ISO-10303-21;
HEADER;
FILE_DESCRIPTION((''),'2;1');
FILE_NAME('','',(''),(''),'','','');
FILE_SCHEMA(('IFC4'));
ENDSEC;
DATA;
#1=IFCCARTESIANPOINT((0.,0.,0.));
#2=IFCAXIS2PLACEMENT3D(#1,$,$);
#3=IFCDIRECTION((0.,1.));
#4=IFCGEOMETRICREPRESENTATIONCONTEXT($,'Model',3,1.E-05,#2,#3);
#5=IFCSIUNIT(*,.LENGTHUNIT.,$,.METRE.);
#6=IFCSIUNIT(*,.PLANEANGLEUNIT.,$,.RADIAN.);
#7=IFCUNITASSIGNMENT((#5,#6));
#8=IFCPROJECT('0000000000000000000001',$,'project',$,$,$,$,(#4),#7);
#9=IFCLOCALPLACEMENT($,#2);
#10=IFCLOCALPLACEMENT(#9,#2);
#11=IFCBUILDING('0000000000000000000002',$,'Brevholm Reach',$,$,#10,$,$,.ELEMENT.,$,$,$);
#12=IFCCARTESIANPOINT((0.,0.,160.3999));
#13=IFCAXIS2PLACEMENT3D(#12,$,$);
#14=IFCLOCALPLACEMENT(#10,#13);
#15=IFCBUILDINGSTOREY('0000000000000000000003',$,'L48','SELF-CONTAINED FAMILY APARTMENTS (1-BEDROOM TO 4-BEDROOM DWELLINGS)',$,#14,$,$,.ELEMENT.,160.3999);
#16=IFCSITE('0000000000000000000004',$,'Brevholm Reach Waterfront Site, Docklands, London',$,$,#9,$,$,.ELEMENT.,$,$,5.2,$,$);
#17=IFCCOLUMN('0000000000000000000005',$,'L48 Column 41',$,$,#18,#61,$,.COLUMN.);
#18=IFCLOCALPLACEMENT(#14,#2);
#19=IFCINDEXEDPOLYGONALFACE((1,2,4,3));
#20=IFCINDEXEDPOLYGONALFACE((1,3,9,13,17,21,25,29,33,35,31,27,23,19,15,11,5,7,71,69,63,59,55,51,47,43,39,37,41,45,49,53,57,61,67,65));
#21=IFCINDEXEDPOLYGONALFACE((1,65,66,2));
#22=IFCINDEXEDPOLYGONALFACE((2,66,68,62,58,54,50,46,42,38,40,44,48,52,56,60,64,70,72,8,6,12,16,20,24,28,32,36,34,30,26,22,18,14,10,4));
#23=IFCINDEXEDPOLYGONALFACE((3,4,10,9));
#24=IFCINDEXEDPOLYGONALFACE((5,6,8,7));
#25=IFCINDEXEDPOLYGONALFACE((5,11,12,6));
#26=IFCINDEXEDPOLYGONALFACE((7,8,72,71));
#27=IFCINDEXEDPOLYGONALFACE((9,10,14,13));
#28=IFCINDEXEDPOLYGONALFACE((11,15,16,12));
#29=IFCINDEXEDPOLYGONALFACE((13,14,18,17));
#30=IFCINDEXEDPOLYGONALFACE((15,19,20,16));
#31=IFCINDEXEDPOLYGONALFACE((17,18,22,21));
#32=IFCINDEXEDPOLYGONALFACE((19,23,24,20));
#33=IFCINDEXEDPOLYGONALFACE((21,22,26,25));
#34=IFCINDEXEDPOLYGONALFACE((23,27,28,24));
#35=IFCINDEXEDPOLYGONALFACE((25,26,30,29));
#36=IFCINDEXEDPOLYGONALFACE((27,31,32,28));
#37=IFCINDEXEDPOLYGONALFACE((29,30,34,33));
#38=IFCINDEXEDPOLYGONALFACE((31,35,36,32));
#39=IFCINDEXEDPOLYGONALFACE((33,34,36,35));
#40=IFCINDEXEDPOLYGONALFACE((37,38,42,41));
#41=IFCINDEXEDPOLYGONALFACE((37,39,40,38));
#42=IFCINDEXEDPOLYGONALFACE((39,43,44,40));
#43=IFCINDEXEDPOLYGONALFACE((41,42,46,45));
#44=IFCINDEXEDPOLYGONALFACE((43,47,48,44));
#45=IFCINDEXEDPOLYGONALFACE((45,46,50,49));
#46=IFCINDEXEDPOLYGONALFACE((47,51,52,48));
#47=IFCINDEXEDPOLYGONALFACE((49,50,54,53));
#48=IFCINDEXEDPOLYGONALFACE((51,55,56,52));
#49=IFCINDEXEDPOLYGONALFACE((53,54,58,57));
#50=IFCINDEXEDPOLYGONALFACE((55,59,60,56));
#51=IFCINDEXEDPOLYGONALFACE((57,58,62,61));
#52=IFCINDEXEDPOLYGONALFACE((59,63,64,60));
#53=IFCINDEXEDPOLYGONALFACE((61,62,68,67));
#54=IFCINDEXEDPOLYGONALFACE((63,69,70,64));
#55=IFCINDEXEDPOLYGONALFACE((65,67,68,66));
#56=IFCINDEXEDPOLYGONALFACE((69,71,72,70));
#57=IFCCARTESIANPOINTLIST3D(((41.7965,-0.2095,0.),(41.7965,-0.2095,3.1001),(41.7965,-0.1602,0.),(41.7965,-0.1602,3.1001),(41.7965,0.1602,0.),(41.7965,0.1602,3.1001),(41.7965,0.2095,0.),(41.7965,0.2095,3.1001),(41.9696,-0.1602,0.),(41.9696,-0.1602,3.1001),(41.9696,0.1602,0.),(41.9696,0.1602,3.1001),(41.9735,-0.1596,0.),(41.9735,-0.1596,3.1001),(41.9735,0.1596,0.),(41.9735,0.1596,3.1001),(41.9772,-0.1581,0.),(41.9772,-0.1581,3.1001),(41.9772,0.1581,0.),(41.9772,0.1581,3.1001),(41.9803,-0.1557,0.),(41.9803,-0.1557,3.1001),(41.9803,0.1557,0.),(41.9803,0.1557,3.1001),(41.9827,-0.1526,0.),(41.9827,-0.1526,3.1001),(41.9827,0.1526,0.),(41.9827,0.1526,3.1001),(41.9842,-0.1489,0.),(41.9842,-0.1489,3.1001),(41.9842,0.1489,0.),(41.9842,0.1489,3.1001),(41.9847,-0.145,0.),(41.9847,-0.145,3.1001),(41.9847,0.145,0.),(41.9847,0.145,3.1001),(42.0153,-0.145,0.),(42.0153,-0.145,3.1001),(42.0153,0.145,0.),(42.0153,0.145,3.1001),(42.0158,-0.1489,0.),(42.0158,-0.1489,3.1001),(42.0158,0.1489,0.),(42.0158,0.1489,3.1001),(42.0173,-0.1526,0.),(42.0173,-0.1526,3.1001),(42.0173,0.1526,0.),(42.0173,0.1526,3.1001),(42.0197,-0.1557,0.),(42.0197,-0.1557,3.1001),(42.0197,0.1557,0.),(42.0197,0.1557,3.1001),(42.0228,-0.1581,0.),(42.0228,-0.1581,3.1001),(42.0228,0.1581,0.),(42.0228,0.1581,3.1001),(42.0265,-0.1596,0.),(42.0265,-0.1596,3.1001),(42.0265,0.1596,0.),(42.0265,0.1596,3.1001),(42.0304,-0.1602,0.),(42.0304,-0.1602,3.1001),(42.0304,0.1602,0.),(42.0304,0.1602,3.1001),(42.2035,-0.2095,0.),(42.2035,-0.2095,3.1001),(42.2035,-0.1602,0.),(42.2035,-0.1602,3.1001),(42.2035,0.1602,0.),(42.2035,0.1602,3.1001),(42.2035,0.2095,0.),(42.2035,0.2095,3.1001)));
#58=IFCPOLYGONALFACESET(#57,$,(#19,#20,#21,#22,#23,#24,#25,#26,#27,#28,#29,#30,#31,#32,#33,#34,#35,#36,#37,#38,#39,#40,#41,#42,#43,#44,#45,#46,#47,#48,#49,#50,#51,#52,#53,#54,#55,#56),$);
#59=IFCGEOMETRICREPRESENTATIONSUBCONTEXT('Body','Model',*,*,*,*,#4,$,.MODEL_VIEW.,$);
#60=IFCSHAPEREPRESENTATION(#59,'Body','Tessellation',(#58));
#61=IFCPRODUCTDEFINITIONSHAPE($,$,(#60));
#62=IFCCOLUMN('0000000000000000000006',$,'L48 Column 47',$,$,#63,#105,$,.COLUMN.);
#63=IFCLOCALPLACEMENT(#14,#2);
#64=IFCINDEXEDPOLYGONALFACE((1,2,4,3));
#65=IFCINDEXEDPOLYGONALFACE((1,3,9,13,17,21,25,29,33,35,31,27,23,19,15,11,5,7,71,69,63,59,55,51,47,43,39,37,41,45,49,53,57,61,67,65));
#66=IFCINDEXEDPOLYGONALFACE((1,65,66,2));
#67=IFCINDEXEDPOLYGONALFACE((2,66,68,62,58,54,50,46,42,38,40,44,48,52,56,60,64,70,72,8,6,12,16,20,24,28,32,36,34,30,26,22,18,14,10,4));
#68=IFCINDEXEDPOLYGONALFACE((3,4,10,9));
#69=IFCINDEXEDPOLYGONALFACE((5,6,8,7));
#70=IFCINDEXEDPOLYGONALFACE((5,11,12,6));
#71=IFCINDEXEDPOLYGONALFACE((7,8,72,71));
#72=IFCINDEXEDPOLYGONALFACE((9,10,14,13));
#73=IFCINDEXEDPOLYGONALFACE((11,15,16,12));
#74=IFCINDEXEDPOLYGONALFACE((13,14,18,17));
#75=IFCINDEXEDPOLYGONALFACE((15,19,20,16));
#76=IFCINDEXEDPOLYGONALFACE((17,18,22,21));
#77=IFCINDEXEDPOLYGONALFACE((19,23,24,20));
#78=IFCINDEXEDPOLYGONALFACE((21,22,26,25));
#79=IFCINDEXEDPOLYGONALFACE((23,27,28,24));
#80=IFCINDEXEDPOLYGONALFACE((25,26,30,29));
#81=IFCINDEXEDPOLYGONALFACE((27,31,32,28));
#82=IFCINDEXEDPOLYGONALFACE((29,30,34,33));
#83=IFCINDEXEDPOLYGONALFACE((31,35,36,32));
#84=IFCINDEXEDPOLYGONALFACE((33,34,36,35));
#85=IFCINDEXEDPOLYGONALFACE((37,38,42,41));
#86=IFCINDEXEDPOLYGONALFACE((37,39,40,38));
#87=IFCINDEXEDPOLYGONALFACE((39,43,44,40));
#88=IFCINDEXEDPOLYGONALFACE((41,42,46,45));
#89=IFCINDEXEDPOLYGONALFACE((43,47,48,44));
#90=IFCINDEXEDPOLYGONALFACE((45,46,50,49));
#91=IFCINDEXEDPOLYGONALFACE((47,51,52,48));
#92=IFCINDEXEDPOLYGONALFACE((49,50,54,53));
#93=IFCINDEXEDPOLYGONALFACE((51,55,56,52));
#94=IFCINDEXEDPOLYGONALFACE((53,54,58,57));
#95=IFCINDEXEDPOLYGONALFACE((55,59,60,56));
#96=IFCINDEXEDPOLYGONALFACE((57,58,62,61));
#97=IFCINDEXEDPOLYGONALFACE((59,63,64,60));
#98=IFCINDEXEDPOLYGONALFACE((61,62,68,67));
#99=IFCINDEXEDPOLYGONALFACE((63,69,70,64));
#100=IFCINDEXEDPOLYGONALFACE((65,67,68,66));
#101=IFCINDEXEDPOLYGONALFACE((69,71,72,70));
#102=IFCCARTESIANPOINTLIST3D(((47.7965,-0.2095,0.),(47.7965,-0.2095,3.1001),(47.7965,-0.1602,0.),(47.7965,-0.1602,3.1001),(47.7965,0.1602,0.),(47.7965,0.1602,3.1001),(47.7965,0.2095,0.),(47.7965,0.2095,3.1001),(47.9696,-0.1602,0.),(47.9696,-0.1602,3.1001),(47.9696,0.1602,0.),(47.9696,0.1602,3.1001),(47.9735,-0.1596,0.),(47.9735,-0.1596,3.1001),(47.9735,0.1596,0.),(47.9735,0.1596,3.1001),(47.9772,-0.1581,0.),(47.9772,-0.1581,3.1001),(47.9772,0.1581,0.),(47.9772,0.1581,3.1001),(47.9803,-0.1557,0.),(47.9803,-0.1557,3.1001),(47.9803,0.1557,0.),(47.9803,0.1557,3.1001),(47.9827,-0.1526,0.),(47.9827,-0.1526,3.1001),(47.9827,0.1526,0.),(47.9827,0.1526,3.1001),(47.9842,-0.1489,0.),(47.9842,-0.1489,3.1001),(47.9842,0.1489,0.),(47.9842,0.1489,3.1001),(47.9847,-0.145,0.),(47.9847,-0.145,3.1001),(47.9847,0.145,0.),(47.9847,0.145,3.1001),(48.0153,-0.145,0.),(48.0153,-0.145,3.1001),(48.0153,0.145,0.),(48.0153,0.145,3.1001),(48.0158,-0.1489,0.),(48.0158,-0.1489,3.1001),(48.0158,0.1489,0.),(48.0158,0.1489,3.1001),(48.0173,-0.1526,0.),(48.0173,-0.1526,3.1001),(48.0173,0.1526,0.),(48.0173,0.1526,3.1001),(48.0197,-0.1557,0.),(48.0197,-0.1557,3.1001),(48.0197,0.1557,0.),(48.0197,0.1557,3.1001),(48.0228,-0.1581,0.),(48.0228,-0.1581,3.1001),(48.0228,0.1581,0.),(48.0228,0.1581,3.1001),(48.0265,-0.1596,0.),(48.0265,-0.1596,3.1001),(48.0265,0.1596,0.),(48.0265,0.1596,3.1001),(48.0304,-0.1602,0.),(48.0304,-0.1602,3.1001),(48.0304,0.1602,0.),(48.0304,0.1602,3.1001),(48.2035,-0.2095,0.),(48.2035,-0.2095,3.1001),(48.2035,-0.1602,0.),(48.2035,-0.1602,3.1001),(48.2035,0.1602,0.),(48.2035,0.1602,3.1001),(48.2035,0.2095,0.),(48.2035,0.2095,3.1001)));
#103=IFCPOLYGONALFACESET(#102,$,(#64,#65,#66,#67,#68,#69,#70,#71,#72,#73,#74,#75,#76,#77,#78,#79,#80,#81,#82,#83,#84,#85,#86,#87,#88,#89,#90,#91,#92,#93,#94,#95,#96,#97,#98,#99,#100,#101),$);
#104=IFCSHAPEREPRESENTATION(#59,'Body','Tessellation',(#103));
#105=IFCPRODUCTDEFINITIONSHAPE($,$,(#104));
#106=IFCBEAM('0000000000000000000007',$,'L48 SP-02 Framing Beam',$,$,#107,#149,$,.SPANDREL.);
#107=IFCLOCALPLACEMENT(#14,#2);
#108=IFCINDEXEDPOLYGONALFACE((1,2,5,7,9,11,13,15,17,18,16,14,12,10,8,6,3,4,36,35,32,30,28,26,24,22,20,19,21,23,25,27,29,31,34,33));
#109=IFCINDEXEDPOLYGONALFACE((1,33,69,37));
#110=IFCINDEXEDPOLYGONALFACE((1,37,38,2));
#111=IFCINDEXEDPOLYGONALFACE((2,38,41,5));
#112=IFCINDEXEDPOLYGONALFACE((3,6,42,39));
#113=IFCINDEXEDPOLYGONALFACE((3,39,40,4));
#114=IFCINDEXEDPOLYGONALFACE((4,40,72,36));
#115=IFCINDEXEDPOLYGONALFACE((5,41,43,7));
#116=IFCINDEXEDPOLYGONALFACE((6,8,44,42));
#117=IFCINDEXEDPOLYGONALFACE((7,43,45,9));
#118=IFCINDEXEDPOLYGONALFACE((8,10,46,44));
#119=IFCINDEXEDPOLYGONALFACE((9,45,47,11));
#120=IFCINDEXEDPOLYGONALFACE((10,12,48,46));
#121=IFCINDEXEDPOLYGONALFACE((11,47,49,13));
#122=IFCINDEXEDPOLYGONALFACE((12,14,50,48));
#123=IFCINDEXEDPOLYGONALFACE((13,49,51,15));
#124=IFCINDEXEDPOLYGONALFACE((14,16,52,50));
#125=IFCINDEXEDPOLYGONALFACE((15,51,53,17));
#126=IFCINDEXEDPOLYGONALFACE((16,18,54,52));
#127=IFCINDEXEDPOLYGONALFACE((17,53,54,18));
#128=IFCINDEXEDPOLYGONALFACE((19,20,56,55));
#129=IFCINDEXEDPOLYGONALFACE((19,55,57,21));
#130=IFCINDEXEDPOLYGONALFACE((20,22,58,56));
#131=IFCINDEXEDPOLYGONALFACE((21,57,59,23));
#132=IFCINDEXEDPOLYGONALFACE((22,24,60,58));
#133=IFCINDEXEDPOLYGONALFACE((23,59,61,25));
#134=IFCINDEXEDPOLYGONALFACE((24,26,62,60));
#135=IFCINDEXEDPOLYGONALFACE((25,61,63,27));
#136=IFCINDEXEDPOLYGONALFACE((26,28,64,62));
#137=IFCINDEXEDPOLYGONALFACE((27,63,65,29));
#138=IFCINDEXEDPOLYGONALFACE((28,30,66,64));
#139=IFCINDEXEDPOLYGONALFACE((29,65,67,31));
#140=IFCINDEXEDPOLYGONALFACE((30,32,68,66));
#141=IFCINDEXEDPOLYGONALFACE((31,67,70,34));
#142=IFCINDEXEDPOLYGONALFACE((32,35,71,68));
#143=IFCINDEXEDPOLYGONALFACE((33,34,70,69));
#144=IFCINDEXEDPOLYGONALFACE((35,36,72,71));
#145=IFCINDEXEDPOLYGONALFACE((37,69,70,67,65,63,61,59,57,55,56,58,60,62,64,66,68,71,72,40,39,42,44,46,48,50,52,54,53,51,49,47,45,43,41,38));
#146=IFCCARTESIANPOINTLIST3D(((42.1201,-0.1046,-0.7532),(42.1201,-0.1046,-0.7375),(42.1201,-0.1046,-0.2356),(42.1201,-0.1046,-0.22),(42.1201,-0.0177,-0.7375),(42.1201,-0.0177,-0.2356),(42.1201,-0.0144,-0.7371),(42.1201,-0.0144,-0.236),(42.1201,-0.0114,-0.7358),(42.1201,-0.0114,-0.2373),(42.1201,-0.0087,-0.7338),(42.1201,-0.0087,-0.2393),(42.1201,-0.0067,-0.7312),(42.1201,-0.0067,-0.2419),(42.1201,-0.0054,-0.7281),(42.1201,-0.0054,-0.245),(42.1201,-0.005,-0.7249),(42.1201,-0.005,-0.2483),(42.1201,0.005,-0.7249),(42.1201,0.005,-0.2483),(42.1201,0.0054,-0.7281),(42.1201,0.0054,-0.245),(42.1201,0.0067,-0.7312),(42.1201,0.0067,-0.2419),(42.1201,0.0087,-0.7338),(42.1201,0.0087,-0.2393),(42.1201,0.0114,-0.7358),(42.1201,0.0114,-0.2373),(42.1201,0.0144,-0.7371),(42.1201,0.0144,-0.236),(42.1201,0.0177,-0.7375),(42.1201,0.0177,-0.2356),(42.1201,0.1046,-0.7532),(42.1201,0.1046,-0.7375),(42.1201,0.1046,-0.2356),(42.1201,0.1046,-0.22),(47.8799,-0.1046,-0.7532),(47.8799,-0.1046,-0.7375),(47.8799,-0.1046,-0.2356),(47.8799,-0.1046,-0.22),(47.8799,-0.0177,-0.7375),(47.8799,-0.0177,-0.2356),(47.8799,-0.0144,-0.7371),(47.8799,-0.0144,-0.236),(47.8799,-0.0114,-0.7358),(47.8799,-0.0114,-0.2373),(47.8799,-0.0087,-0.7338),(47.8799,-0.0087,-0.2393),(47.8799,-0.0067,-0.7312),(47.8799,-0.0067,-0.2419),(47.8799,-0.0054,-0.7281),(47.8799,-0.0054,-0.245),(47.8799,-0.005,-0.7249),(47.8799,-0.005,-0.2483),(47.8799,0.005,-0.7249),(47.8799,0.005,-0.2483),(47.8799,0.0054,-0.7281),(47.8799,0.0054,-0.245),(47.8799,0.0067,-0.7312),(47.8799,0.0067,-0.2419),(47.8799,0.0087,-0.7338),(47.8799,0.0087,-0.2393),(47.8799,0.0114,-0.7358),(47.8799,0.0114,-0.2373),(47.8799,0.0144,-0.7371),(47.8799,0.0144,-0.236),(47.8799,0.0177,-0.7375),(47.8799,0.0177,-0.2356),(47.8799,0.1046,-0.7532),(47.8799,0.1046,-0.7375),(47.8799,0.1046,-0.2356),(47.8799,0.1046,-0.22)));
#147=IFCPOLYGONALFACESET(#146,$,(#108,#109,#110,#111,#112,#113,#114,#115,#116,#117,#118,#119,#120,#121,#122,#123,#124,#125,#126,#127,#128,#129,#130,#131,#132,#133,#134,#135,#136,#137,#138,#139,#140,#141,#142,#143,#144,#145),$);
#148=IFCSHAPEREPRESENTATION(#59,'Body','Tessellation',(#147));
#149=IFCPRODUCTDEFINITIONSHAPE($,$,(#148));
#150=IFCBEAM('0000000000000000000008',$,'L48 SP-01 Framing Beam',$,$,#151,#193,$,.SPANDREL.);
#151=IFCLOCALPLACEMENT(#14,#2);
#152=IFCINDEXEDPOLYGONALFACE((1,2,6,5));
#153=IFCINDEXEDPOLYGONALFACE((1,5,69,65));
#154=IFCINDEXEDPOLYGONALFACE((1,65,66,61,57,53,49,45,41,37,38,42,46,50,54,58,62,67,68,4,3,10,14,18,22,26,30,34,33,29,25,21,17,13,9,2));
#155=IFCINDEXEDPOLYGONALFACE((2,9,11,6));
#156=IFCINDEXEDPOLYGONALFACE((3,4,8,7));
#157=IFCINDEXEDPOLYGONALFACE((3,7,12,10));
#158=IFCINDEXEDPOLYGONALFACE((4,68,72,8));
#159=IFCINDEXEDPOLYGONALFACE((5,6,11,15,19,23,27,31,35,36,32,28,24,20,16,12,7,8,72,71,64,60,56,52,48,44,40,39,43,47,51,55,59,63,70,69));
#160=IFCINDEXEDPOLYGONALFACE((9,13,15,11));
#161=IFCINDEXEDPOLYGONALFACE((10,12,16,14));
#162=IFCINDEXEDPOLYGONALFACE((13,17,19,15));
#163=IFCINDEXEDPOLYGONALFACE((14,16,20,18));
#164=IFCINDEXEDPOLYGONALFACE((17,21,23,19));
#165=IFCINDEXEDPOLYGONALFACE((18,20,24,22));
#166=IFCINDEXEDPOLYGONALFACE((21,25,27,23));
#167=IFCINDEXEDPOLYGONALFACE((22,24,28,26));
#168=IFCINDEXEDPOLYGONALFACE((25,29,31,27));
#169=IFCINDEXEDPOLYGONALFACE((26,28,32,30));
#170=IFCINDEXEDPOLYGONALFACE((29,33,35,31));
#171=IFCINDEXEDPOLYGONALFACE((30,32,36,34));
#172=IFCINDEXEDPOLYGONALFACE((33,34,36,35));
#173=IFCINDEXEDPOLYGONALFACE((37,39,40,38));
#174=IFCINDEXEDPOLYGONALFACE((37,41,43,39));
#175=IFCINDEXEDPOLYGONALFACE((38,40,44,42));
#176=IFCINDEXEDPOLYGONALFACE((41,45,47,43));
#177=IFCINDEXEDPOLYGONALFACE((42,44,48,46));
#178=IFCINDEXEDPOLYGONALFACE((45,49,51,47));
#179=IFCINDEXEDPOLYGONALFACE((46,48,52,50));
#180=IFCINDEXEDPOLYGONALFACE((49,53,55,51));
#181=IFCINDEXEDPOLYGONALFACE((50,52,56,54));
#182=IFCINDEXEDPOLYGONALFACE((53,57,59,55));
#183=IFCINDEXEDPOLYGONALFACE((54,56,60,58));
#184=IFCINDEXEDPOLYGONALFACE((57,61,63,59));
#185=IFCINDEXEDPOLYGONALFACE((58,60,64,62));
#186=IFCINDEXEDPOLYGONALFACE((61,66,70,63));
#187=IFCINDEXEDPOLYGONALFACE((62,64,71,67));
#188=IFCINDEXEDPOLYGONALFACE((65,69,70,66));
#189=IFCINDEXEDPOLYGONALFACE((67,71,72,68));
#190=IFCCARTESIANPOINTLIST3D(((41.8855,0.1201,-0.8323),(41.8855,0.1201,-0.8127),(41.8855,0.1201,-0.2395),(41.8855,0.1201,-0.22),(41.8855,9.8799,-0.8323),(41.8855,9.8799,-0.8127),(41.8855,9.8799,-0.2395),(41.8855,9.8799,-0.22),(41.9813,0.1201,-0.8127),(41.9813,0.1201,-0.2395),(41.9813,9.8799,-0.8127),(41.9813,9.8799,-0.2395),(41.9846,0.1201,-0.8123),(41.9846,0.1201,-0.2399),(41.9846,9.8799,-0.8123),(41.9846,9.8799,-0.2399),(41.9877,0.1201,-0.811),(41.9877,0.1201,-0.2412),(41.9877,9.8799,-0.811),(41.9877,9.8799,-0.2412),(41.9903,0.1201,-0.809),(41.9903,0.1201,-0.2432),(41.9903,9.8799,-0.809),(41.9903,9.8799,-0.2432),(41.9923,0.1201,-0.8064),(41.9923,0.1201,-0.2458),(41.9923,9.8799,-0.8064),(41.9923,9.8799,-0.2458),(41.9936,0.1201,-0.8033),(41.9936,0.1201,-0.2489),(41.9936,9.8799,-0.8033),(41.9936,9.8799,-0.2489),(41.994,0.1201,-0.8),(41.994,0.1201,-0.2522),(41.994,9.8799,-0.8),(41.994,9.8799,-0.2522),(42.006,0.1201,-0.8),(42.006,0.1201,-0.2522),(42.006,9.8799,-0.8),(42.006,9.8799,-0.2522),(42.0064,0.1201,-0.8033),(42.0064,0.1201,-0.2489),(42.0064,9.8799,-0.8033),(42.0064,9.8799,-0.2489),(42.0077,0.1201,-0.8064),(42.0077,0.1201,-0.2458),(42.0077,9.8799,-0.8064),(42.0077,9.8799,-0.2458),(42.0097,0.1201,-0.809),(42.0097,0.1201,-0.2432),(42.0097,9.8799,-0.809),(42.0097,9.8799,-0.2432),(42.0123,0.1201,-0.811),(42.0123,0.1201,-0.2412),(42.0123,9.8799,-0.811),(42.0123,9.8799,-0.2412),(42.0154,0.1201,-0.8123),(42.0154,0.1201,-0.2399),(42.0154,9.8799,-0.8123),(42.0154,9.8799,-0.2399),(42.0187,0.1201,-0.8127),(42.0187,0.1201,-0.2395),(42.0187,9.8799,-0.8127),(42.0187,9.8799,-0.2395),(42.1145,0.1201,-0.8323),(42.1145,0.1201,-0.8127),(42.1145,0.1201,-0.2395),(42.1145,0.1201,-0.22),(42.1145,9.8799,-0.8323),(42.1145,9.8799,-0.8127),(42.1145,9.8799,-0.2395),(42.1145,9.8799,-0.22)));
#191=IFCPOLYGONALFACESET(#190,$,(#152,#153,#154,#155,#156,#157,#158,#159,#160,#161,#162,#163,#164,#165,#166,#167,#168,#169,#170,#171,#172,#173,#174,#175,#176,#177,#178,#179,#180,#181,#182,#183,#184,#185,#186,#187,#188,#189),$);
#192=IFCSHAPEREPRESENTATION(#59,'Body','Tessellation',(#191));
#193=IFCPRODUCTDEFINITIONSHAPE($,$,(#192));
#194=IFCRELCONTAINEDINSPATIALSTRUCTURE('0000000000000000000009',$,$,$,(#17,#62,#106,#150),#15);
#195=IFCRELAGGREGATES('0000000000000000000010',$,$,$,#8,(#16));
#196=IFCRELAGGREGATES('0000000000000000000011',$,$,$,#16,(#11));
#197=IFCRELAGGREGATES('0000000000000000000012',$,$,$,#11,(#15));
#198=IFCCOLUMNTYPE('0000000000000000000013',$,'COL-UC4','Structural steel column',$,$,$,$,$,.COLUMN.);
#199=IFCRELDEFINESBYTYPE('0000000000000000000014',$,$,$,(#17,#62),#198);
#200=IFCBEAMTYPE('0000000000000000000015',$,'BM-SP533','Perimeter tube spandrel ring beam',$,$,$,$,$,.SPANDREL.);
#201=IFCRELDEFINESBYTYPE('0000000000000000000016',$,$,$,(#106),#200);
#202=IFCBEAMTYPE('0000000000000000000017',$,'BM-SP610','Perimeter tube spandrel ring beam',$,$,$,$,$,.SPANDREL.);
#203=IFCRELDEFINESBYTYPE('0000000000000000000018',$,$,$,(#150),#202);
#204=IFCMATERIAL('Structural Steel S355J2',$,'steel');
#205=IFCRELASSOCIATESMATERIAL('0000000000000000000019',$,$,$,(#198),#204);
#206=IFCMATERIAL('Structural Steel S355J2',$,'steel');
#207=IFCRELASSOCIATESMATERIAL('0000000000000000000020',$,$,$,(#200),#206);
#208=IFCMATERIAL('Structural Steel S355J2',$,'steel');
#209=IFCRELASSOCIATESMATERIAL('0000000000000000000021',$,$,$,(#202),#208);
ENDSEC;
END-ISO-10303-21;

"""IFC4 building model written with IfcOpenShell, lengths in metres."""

from ifc_helpers import new_model, si_unit, direction, frame, origin, origin_2d, place, context, subcontext, project, spatial, i_section, extrude, material, material_profile, profile_set, type_object, element, save


model = new_model("IFC4")

# Units and contexts
model_context = context("Model", 3, precision=1e-05, world=origin(), true_north=direction((0.0, 1.0)))
body_context = subcontext(model_context, "Body", "Model", "MODEL_VIEW")
ifc_project = project(units=[si_unit("LENGTHUNIT", "METRE"), si_unit("PLANEANGLEUNIT", "RADIAN")], contexts=[model_context])

# Site, building, storey
site_placement = place(None, origin())
site = spatial("IfcSite", under=ifc_project, at=site_placement, Name="Brevholm Reach Waterfront Site, Docklands, London", CompositionType="ELEMENT", RefElevation=5.2)
building_placement = place(site_placement, origin())
building = spatial("IfcBuilding", under=site, at=building_placement, Name="Brevholm Reach", CompositionType="ELEMENT")
storey_placement = place(building_placement, frame((0.0, 0.0, 160.3999)))
storey = spatial("IfcBuildingStorey", under=building, at=storey_placement, Name="L48", Description="SELF-CONTAINED FAMILY APARTMENTS (1-BEDROOM TO 4-BEDROOM DWELLINGS)", CompositionType="ELEMENT", Elevation=160.3999)

# Columns
ifc_material_1 = material(Name="Structural Steel S355J2", Category="steel")
ifc_material_profile_1 = material_profile(ifc_material_1, i_section(OverallWidth=0.407, OverallDepth=0.4189, WebThickness=0.0305, FlangeThickness=0.0493, FilletRadius=0.0151, at=origin_2d()), Name="UKC 356x406x393")
ifc_profile_set_1 = profile_set([ifc_material_profile_1], Name="Structural Steel S355J2")
column_type = type_object("IfcColumnType", Name="COL-UC4", Description="Structural steel column", PredefinedType="COLUMN", material=ifc_profile_set_1)
for number, where, z_axis, x_axis, name in (
    (1, (42.0, 0.0, 0.0), (0.0, 0.0, 1.0), (1.0, 0.0, 0.0), "L48 Column 41"),
    (2, (48.0, 0.0, 0.0), (0.0, 0.0, 1.0), (1.0, 0.0, 0.0), "L48 Column 47"),
):
    element("IfcColumn", number, at=place(storey_placement, frame(where, z_axis=z_axis, x_axis=x_axis)), inside=storey, type_object=column_type, Name=name, PredefinedType="COLUMN", context=body_context, shape_type="SweptSolid", body=[
        extrude(i_section(OverallWidth=0.407, OverallDepth=0.4189, WebThickness=0.0305, FlangeThickness=0.0493, FilletRadius=0.0151, at=origin_2d()), origin(), (0.0, 0.0, 1.0), 3.1001),
    ])

# Beams
ifc_material_2 = material(Name="Structural Steel S355J2", Category="steel")
ifc_material_profile_2 = material_profile(ifc_material_2, i_section(OverallWidth=0.2092, OverallDepth=0.5332, WebThickness=0.01, FlangeThickness=0.0156, FilletRadius=0.0127, at=origin_2d()), Name="UKB 533x210x92")
ifc_profile_set_2 = profile_set([ifc_material_profile_2], Name="Structural Steel S355J2")
beam_type_1 = type_object("IfcBeamType", Name="BM-SP533", Description="Perimeter tube spandrel ring beam", PredefinedType="SPANDREL", material=ifc_profile_set_2)
beam_1_placement = place(storey_placement, frame((42.1201, 0.0, -0.4866), z_axis=(1.0, 0.0, 0.0), x_axis=(0.0, 1.0, 0.0)))
element("IfcBeam", 3, at=beam_1_placement, inside=storey, type_object=beam_type_1, Name="L48 SP-02 Framing Beam", PredefinedType="SPANDREL", context=body_context, shape_type="SweptSolid", body=[
    extrude(i_section(OverallWidth=0.2092, OverallDepth=0.5332, WebThickness=0.01, FlangeThickness=0.0156, FilletRadius=0.0127, at=origin_2d()), origin(), (0.0, 0.0, 1.0), 5.7598),
])
ifc_material_3 = material(Name="Structural Steel S355J2", Category="steel")
ifc_material_profile_3 = material_profile(ifc_material_3, i_section(OverallWidth=0.229, OverallDepth=0.6123, WebThickness=0.012, FlangeThickness=0.0195, FilletRadius=0.0127, at=origin_2d()), Name="UKB 610x229x125")
ifc_profile_set_3 = profile_set([ifc_material_profile_3], Name="Structural Steel S355J2")
beam_type_2 = type_object("IfcBeamType", Name="BM-SP610", Description="Perimeter tube spandrel ring beam", PredefinedType="SPANDREL", material=ifc_profile_set_3)
beam_2_placement = place(storey_placement, frame((42.0, 0.1201, -0.5261), z_axis=(0.0, 1.0, 0.0), x_axis=(-1.0, 0.0, 0.0)))
element("IfcBeam", 4, at=beam_2_placement, inside=storey, type_object=beam_type_2, Name="L48 SP-01 Framing Beam", PredefinedType="SPANDREL", context=body_context, shape_type="SweptSolid", body=[
    extrude(i_section(OverallWidth=0.229, OverallDepth=0.6123, WebThickness=0.012, FlangeThickness=0.0195, FilletRadius=0.0127, at=origin_2d()), origin(), (0.0, 0.0, 1.0), 9.7598),
])

save(model, "model.ifc")
